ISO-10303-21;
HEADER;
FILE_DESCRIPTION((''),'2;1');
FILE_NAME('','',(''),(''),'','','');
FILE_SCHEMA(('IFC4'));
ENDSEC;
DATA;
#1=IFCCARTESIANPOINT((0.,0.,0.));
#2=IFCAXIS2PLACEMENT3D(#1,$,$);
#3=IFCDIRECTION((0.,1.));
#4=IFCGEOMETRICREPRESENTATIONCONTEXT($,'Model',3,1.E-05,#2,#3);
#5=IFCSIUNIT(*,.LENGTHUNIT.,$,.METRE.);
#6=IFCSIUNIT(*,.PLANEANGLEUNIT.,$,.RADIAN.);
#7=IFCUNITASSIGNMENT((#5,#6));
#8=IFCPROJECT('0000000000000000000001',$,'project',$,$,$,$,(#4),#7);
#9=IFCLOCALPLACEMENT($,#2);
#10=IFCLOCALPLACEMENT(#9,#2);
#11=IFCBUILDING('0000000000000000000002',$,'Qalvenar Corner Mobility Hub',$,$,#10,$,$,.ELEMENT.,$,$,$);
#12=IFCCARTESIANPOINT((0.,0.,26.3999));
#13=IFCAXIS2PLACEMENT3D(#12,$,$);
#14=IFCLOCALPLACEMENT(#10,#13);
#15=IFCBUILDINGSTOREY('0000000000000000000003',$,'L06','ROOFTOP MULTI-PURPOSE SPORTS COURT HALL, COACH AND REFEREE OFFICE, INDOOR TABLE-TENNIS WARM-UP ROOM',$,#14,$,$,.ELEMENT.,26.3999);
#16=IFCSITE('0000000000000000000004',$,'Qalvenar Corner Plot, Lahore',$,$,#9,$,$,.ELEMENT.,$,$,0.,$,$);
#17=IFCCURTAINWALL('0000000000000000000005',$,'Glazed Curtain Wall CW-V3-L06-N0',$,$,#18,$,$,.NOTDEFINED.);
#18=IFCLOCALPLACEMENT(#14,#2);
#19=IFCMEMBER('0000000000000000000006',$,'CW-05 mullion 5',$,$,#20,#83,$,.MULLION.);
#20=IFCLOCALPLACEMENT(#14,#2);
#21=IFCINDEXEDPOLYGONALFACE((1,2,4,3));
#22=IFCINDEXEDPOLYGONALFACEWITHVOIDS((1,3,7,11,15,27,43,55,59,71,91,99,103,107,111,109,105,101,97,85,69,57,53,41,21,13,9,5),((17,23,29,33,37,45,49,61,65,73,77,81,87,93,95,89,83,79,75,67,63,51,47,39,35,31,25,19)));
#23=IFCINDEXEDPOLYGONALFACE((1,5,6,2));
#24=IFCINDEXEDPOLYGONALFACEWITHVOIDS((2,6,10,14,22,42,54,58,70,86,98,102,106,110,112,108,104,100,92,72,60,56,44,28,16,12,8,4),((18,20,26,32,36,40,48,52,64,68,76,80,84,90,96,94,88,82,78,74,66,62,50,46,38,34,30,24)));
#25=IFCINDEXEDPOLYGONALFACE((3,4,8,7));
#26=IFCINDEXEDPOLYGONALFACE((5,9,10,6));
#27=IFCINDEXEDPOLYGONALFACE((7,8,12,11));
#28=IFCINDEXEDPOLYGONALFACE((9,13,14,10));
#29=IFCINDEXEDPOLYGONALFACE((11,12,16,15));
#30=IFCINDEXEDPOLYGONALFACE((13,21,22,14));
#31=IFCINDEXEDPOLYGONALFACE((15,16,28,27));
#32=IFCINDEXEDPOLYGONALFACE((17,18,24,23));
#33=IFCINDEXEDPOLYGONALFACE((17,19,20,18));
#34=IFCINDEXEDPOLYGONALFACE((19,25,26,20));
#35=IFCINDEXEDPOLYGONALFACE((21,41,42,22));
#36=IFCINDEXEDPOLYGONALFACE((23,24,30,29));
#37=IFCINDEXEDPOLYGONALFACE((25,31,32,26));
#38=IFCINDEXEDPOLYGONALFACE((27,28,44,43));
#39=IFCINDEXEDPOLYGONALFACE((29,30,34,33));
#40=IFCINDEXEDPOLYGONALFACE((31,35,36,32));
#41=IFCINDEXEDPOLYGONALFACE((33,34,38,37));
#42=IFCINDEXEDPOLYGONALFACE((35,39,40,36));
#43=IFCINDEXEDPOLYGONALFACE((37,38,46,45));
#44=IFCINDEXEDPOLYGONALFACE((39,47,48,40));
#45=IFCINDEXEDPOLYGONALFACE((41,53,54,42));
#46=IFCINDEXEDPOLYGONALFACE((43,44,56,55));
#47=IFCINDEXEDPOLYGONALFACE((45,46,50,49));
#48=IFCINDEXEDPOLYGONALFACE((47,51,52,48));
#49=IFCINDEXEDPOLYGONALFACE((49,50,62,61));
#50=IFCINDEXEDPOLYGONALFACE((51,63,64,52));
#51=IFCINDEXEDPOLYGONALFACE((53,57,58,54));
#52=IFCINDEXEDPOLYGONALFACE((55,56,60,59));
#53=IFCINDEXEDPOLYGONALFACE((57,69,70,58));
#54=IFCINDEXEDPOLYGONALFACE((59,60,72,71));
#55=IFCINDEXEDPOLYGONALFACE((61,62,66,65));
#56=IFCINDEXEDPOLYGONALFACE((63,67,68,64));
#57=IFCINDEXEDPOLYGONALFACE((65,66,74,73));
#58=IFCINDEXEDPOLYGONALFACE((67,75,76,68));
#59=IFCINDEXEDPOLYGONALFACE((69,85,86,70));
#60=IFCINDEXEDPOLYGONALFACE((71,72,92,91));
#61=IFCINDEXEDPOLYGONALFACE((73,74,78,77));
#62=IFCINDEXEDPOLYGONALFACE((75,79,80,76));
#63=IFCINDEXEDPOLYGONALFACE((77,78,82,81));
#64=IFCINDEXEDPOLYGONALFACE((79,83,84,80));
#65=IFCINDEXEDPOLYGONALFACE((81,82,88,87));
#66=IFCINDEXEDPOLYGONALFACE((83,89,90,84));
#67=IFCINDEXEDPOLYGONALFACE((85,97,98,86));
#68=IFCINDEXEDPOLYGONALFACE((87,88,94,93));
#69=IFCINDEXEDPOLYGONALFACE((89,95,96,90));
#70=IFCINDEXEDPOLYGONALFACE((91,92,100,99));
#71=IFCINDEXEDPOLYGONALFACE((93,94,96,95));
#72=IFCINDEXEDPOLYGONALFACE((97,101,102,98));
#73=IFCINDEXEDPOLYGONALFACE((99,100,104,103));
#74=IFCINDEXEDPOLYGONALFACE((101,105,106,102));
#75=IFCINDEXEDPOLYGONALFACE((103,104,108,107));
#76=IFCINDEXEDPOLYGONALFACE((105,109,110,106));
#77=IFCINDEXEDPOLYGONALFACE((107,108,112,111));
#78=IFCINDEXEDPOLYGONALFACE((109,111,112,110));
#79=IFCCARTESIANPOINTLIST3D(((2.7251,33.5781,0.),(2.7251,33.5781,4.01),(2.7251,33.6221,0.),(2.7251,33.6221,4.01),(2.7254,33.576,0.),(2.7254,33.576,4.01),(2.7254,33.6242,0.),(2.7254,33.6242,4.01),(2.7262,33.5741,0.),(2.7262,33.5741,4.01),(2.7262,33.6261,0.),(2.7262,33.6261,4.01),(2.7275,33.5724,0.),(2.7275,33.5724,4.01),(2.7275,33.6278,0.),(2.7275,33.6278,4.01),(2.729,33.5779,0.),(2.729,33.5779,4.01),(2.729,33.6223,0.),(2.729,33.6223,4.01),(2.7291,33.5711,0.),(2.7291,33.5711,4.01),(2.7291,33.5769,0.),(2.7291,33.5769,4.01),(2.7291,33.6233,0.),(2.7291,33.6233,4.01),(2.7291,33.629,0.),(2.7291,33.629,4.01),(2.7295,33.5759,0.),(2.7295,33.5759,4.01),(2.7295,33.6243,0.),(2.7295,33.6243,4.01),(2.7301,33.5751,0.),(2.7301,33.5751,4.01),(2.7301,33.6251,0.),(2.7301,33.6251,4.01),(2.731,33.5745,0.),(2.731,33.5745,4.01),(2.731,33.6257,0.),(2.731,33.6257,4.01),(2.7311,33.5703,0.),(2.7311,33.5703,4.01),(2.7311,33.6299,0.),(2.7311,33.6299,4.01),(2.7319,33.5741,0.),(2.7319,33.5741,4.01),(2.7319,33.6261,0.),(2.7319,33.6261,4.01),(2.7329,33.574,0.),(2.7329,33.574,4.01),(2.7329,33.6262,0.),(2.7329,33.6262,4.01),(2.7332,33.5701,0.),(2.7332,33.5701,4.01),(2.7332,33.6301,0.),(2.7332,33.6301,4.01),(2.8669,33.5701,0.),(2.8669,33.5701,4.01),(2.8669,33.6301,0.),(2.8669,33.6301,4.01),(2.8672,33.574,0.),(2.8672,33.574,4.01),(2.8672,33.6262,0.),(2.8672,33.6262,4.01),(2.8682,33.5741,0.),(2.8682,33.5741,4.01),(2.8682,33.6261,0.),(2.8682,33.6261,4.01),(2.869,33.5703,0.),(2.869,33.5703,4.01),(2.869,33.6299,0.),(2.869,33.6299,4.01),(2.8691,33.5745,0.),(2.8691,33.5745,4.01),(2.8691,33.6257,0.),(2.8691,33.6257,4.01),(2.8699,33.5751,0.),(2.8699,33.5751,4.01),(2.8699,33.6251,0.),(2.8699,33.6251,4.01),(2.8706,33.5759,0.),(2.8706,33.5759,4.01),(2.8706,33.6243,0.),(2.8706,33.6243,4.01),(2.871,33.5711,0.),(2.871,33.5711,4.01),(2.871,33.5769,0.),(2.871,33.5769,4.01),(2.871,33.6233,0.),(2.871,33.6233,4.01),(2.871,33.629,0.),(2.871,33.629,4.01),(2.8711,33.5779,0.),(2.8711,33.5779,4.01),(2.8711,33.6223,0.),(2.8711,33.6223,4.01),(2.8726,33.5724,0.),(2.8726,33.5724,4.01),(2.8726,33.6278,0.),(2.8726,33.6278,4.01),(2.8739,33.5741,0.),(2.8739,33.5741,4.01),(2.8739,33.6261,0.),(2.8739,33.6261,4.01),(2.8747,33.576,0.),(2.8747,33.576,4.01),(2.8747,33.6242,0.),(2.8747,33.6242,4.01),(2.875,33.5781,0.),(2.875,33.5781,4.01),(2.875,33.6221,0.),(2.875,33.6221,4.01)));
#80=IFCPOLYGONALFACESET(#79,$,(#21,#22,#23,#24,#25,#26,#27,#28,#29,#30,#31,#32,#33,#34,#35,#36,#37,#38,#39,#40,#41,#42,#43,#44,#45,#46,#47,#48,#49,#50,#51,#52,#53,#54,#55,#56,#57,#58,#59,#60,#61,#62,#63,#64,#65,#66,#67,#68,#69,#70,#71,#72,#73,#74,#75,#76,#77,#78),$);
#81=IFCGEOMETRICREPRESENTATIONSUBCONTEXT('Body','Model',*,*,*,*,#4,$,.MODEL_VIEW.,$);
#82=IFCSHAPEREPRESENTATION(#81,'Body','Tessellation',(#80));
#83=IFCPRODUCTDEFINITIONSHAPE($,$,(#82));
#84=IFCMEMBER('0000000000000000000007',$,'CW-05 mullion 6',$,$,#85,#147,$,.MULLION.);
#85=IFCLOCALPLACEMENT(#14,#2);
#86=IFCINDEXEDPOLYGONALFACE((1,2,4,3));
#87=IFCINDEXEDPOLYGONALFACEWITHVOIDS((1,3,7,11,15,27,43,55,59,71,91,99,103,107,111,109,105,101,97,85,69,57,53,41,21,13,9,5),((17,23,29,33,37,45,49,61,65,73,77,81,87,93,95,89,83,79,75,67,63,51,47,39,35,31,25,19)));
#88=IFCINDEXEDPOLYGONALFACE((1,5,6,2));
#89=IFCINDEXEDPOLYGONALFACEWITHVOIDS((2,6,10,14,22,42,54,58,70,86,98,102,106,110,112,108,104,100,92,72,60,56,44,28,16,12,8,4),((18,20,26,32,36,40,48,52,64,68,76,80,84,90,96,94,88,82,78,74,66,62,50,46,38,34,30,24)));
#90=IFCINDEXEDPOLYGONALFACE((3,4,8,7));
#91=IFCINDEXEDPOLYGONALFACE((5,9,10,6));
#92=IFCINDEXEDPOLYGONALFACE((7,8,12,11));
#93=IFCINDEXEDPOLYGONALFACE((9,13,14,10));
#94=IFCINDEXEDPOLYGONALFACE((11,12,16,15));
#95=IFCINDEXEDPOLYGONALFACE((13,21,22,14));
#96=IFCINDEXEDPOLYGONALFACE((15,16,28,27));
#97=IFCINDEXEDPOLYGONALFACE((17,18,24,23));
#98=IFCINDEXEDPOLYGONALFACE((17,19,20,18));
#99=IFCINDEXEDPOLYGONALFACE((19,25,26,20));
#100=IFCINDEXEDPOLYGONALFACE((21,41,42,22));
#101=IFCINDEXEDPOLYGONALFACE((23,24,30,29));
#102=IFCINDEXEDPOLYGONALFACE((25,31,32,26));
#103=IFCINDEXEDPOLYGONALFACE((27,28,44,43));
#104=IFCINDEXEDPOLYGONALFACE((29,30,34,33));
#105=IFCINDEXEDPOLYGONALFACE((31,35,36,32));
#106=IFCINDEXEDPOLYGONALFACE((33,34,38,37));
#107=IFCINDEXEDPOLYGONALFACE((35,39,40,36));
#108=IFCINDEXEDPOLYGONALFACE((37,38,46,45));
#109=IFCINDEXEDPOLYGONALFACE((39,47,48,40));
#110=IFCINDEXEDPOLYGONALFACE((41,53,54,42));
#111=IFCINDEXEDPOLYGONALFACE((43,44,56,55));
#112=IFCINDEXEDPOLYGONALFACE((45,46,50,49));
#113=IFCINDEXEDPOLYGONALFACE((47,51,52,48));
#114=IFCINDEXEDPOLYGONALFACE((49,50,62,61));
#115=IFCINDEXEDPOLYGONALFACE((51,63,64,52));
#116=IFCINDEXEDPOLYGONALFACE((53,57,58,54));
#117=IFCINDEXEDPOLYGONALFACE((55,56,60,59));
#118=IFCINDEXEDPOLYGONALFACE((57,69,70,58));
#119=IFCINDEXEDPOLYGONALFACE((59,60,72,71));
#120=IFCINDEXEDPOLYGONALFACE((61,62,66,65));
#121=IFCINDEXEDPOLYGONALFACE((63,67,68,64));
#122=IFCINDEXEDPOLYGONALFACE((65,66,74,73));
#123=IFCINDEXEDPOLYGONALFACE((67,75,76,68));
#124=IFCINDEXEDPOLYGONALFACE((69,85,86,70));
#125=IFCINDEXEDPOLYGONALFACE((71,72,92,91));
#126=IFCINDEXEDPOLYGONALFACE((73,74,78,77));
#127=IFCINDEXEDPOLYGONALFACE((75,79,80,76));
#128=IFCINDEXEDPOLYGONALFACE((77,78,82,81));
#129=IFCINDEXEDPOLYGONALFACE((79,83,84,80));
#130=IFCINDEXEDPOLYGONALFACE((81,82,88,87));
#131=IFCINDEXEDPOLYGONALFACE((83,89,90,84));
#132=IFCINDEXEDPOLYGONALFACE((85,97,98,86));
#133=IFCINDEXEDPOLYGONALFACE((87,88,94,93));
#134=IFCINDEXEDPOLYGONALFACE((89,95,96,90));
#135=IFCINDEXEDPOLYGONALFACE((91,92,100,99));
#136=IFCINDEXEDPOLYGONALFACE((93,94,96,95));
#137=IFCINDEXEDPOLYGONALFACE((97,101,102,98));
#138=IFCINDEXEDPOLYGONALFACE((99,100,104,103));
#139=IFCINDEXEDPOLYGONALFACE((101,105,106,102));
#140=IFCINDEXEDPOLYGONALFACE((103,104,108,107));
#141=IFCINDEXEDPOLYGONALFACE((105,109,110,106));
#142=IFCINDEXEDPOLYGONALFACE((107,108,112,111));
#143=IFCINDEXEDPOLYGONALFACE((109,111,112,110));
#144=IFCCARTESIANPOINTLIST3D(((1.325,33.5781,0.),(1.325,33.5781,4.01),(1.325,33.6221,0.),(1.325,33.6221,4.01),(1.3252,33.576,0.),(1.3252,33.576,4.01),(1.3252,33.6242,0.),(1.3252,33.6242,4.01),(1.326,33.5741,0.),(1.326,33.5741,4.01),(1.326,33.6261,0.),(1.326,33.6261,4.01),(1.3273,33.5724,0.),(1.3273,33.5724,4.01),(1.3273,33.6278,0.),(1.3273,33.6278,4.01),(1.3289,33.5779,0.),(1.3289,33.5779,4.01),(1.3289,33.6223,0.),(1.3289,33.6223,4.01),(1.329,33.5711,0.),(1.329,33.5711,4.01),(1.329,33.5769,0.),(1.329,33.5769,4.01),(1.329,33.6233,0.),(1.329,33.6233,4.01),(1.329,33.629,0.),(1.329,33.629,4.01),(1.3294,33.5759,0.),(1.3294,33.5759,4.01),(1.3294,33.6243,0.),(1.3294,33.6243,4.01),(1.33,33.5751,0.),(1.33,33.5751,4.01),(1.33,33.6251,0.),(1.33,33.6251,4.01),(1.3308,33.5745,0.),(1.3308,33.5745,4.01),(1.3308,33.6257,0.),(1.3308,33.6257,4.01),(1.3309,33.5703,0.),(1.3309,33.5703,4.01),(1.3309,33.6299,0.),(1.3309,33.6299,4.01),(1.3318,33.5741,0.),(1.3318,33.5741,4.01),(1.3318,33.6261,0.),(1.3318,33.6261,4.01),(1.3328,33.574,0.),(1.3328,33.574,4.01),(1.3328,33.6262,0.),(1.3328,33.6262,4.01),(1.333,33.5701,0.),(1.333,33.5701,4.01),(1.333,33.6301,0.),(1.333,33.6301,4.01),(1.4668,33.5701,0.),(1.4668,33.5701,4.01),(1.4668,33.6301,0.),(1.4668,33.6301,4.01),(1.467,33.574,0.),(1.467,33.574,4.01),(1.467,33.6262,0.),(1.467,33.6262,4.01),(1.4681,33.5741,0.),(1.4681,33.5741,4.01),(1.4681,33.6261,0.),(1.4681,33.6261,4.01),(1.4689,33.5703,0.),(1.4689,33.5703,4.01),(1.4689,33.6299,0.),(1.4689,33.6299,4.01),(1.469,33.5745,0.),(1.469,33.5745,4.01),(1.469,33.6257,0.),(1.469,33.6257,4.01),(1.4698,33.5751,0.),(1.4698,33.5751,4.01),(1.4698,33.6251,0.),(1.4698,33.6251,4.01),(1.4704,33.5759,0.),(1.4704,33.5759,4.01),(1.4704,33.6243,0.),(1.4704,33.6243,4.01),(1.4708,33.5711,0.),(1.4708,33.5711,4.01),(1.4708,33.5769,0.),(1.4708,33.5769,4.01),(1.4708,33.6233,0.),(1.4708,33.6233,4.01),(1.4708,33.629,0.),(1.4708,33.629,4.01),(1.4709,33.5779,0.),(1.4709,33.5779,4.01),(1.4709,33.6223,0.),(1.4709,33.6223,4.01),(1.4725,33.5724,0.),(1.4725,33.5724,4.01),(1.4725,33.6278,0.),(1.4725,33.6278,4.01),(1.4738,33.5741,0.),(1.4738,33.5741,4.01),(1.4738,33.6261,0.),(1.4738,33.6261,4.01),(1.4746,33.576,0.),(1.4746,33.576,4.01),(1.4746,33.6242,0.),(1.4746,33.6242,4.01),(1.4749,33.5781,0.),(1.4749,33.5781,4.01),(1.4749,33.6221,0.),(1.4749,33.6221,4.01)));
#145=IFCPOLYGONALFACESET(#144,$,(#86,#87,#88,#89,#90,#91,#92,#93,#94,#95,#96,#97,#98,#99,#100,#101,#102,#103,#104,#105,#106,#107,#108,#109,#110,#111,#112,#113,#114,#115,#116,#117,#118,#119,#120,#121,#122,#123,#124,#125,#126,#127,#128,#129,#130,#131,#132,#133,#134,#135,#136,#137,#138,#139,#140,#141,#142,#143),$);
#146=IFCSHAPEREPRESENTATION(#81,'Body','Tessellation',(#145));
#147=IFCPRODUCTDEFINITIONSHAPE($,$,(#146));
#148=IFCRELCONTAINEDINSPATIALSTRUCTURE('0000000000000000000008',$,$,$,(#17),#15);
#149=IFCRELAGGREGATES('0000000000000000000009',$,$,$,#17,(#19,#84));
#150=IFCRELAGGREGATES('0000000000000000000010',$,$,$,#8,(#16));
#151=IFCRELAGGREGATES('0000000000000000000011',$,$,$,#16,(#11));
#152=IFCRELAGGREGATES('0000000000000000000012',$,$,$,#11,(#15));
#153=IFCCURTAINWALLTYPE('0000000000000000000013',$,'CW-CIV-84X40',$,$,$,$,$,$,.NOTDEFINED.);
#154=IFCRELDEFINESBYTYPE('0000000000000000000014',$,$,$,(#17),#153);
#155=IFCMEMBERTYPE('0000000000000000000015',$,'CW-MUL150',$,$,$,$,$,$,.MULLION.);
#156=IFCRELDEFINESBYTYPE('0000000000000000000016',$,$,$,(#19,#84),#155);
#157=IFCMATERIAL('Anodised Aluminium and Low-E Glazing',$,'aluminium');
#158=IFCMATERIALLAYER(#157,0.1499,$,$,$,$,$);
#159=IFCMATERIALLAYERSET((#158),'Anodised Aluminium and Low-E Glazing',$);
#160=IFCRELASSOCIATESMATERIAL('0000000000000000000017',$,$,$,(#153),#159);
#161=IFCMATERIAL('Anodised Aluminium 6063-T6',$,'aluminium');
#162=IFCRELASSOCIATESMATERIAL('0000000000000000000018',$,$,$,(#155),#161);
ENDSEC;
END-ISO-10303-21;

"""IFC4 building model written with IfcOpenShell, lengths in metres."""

from ifc_helpers import new_model, si_unit, direction, frame, origin, origin_2d, place, context, subcontext, project, spatial, hollow_rectangle, extrude, material, layer, layer_set, material_profile, profile_set, type_object, element, aggregate, save


model = new_model("IFC4")

# Units and contexts
model_context = context("Model", 3, precision=1e-05, world=origin(), true_north=direction((0.0, 1.0)))
body_context = subcontext(model_context, "Body", "Model", "MODEL_VIEW")
ifc_project = project(units=[si_unit("LENGTHUNIT", "METRE"), si_unit("PLANEANGLEUNIT", "RADIAN")], contexts=[model_context])

# Site, building, storey
site_placement = place(None, origin())
site = spatial("IfcSite", under=ifc_project, at=site_placement, Name="Qalvenar Corner Plot, Lahore", CompositionType="ELEMENT", RefElevation=0.0)
building_placement = place(site_placement, origin())
building = spatial("IfcBuilding", under=site, at=building_placement, Name="Qalvenar Corner Mobility Hub", CompositionType="ELEMENT")
storey_placement = place(building_placement, frame((0.0, 0.0, 26.3999)))
storey = spatial("IfcBuildingStorey", under=building, at=storey_placement, Name="L06", Description="ROOFTOP MULTI-PURPOSE SPORTS COURT HALL, COACH AND REFEREE OFFICE, INDOOR TABLE-TENNIS WARM-UP ROOM", CompositionType="ELEMENT", Elevation=26.3999)

# Curtain wall, members
ifc_material_1 = material(Name="Anodised Aluminium and Low-E Glazing", Category="aluminium")
ifc_layer_1 = layer(ifc_material_1, 0.1499)
ifc_layer_set_1 = layer_set([ifc_layer_1], Name="Anodised Aluminium and Low-E Glazing")
curtain_wall_type = type_object("IfcCurtainWallType", Name="CW-CIV-84X40", PredefinedType="NOTDEFINED", material=ifc_layer_set_1)
curtain_wall_placement = place(storey_placement, origin())
curtain_wall = element("IfcCurtainWall", 1, at=curtain_wall_placement, inside=storey, type_object=curtain_wall_type, Name="Glazed Curtain Wall CW-V3-L06-N0", PredefinedType="NOTDEFINED")
ifc_material_2 = material(Name="Anodised Aluminium 6063-T6", Category="aluminium")
ifc_material_profile_1 = material_profile(ifc_material_2, hollow_rectangle(XDim=0.0601, YDim=0.1499, WallThickness=0.0039, InnerFilletRadius=0.0039, OuterFilletRadius=0.0081, at=origin_2d()), Name="RHS150x60x4")
ifc_profile_set_1 = profile_set([ifc_material_profile_1], Name="Anodised Aluminium 6063-T6")
member_type_1 = type_object("IfcMemberType", Name="CW-MUL150", PredefinedType="MULLION", material=ifc_profile_set_1)
member_1_placement = place(storey_placement, frame((2.8, 33.6001, 0.0), z_axis=(0.0, 0.0, 1.0), x_axis=(0.0, -1.0, 0.0)))
member_1 = element("IfcMember", 2, at=member_1_placement, type_object=member_type_1, Name="CW-05 mullion 5", PredefinedType="MULLION", context=body_context, shape_type="SweptSolid", body=[
    extrude(hollow_rectangle(XDim=0.0601, YDim=0.1499, WallThickness=0.0039, InnerFilletRadius=0.0039, OuterFilletRadius=0.0081, at=origin_2d()), origin(), (0.0, 0.0, 1.0), 4.01),
])
member_2_placement = place(storey_placement, frame((1.3999, 33.6001, 0.0), z_axis=(0.0, 0.0, 1.0), x_axis=(0.0, -1.0, 0.0)))
member_2 = element("IfcMember", 3, at=member_2_placement, type_object=member_type_1, Name="CW-05 mullion 6", PredefinedType="MULLION", context=body_context, shape_type="SweptSolid", body=[
    extrude(hollow_rectangle(XDim=0.0601, YDim=0.1499, WallThickness=0.0039, InnerFilletRadius=0.0039, OuterFilletRadius=0.0081, at=origin_2d()), origin(), (0.0, 0.0, 1.0), 4.01),
])
aggregate(curtain_wall, [member_1, member_2])

save(model, "model.ifc")
